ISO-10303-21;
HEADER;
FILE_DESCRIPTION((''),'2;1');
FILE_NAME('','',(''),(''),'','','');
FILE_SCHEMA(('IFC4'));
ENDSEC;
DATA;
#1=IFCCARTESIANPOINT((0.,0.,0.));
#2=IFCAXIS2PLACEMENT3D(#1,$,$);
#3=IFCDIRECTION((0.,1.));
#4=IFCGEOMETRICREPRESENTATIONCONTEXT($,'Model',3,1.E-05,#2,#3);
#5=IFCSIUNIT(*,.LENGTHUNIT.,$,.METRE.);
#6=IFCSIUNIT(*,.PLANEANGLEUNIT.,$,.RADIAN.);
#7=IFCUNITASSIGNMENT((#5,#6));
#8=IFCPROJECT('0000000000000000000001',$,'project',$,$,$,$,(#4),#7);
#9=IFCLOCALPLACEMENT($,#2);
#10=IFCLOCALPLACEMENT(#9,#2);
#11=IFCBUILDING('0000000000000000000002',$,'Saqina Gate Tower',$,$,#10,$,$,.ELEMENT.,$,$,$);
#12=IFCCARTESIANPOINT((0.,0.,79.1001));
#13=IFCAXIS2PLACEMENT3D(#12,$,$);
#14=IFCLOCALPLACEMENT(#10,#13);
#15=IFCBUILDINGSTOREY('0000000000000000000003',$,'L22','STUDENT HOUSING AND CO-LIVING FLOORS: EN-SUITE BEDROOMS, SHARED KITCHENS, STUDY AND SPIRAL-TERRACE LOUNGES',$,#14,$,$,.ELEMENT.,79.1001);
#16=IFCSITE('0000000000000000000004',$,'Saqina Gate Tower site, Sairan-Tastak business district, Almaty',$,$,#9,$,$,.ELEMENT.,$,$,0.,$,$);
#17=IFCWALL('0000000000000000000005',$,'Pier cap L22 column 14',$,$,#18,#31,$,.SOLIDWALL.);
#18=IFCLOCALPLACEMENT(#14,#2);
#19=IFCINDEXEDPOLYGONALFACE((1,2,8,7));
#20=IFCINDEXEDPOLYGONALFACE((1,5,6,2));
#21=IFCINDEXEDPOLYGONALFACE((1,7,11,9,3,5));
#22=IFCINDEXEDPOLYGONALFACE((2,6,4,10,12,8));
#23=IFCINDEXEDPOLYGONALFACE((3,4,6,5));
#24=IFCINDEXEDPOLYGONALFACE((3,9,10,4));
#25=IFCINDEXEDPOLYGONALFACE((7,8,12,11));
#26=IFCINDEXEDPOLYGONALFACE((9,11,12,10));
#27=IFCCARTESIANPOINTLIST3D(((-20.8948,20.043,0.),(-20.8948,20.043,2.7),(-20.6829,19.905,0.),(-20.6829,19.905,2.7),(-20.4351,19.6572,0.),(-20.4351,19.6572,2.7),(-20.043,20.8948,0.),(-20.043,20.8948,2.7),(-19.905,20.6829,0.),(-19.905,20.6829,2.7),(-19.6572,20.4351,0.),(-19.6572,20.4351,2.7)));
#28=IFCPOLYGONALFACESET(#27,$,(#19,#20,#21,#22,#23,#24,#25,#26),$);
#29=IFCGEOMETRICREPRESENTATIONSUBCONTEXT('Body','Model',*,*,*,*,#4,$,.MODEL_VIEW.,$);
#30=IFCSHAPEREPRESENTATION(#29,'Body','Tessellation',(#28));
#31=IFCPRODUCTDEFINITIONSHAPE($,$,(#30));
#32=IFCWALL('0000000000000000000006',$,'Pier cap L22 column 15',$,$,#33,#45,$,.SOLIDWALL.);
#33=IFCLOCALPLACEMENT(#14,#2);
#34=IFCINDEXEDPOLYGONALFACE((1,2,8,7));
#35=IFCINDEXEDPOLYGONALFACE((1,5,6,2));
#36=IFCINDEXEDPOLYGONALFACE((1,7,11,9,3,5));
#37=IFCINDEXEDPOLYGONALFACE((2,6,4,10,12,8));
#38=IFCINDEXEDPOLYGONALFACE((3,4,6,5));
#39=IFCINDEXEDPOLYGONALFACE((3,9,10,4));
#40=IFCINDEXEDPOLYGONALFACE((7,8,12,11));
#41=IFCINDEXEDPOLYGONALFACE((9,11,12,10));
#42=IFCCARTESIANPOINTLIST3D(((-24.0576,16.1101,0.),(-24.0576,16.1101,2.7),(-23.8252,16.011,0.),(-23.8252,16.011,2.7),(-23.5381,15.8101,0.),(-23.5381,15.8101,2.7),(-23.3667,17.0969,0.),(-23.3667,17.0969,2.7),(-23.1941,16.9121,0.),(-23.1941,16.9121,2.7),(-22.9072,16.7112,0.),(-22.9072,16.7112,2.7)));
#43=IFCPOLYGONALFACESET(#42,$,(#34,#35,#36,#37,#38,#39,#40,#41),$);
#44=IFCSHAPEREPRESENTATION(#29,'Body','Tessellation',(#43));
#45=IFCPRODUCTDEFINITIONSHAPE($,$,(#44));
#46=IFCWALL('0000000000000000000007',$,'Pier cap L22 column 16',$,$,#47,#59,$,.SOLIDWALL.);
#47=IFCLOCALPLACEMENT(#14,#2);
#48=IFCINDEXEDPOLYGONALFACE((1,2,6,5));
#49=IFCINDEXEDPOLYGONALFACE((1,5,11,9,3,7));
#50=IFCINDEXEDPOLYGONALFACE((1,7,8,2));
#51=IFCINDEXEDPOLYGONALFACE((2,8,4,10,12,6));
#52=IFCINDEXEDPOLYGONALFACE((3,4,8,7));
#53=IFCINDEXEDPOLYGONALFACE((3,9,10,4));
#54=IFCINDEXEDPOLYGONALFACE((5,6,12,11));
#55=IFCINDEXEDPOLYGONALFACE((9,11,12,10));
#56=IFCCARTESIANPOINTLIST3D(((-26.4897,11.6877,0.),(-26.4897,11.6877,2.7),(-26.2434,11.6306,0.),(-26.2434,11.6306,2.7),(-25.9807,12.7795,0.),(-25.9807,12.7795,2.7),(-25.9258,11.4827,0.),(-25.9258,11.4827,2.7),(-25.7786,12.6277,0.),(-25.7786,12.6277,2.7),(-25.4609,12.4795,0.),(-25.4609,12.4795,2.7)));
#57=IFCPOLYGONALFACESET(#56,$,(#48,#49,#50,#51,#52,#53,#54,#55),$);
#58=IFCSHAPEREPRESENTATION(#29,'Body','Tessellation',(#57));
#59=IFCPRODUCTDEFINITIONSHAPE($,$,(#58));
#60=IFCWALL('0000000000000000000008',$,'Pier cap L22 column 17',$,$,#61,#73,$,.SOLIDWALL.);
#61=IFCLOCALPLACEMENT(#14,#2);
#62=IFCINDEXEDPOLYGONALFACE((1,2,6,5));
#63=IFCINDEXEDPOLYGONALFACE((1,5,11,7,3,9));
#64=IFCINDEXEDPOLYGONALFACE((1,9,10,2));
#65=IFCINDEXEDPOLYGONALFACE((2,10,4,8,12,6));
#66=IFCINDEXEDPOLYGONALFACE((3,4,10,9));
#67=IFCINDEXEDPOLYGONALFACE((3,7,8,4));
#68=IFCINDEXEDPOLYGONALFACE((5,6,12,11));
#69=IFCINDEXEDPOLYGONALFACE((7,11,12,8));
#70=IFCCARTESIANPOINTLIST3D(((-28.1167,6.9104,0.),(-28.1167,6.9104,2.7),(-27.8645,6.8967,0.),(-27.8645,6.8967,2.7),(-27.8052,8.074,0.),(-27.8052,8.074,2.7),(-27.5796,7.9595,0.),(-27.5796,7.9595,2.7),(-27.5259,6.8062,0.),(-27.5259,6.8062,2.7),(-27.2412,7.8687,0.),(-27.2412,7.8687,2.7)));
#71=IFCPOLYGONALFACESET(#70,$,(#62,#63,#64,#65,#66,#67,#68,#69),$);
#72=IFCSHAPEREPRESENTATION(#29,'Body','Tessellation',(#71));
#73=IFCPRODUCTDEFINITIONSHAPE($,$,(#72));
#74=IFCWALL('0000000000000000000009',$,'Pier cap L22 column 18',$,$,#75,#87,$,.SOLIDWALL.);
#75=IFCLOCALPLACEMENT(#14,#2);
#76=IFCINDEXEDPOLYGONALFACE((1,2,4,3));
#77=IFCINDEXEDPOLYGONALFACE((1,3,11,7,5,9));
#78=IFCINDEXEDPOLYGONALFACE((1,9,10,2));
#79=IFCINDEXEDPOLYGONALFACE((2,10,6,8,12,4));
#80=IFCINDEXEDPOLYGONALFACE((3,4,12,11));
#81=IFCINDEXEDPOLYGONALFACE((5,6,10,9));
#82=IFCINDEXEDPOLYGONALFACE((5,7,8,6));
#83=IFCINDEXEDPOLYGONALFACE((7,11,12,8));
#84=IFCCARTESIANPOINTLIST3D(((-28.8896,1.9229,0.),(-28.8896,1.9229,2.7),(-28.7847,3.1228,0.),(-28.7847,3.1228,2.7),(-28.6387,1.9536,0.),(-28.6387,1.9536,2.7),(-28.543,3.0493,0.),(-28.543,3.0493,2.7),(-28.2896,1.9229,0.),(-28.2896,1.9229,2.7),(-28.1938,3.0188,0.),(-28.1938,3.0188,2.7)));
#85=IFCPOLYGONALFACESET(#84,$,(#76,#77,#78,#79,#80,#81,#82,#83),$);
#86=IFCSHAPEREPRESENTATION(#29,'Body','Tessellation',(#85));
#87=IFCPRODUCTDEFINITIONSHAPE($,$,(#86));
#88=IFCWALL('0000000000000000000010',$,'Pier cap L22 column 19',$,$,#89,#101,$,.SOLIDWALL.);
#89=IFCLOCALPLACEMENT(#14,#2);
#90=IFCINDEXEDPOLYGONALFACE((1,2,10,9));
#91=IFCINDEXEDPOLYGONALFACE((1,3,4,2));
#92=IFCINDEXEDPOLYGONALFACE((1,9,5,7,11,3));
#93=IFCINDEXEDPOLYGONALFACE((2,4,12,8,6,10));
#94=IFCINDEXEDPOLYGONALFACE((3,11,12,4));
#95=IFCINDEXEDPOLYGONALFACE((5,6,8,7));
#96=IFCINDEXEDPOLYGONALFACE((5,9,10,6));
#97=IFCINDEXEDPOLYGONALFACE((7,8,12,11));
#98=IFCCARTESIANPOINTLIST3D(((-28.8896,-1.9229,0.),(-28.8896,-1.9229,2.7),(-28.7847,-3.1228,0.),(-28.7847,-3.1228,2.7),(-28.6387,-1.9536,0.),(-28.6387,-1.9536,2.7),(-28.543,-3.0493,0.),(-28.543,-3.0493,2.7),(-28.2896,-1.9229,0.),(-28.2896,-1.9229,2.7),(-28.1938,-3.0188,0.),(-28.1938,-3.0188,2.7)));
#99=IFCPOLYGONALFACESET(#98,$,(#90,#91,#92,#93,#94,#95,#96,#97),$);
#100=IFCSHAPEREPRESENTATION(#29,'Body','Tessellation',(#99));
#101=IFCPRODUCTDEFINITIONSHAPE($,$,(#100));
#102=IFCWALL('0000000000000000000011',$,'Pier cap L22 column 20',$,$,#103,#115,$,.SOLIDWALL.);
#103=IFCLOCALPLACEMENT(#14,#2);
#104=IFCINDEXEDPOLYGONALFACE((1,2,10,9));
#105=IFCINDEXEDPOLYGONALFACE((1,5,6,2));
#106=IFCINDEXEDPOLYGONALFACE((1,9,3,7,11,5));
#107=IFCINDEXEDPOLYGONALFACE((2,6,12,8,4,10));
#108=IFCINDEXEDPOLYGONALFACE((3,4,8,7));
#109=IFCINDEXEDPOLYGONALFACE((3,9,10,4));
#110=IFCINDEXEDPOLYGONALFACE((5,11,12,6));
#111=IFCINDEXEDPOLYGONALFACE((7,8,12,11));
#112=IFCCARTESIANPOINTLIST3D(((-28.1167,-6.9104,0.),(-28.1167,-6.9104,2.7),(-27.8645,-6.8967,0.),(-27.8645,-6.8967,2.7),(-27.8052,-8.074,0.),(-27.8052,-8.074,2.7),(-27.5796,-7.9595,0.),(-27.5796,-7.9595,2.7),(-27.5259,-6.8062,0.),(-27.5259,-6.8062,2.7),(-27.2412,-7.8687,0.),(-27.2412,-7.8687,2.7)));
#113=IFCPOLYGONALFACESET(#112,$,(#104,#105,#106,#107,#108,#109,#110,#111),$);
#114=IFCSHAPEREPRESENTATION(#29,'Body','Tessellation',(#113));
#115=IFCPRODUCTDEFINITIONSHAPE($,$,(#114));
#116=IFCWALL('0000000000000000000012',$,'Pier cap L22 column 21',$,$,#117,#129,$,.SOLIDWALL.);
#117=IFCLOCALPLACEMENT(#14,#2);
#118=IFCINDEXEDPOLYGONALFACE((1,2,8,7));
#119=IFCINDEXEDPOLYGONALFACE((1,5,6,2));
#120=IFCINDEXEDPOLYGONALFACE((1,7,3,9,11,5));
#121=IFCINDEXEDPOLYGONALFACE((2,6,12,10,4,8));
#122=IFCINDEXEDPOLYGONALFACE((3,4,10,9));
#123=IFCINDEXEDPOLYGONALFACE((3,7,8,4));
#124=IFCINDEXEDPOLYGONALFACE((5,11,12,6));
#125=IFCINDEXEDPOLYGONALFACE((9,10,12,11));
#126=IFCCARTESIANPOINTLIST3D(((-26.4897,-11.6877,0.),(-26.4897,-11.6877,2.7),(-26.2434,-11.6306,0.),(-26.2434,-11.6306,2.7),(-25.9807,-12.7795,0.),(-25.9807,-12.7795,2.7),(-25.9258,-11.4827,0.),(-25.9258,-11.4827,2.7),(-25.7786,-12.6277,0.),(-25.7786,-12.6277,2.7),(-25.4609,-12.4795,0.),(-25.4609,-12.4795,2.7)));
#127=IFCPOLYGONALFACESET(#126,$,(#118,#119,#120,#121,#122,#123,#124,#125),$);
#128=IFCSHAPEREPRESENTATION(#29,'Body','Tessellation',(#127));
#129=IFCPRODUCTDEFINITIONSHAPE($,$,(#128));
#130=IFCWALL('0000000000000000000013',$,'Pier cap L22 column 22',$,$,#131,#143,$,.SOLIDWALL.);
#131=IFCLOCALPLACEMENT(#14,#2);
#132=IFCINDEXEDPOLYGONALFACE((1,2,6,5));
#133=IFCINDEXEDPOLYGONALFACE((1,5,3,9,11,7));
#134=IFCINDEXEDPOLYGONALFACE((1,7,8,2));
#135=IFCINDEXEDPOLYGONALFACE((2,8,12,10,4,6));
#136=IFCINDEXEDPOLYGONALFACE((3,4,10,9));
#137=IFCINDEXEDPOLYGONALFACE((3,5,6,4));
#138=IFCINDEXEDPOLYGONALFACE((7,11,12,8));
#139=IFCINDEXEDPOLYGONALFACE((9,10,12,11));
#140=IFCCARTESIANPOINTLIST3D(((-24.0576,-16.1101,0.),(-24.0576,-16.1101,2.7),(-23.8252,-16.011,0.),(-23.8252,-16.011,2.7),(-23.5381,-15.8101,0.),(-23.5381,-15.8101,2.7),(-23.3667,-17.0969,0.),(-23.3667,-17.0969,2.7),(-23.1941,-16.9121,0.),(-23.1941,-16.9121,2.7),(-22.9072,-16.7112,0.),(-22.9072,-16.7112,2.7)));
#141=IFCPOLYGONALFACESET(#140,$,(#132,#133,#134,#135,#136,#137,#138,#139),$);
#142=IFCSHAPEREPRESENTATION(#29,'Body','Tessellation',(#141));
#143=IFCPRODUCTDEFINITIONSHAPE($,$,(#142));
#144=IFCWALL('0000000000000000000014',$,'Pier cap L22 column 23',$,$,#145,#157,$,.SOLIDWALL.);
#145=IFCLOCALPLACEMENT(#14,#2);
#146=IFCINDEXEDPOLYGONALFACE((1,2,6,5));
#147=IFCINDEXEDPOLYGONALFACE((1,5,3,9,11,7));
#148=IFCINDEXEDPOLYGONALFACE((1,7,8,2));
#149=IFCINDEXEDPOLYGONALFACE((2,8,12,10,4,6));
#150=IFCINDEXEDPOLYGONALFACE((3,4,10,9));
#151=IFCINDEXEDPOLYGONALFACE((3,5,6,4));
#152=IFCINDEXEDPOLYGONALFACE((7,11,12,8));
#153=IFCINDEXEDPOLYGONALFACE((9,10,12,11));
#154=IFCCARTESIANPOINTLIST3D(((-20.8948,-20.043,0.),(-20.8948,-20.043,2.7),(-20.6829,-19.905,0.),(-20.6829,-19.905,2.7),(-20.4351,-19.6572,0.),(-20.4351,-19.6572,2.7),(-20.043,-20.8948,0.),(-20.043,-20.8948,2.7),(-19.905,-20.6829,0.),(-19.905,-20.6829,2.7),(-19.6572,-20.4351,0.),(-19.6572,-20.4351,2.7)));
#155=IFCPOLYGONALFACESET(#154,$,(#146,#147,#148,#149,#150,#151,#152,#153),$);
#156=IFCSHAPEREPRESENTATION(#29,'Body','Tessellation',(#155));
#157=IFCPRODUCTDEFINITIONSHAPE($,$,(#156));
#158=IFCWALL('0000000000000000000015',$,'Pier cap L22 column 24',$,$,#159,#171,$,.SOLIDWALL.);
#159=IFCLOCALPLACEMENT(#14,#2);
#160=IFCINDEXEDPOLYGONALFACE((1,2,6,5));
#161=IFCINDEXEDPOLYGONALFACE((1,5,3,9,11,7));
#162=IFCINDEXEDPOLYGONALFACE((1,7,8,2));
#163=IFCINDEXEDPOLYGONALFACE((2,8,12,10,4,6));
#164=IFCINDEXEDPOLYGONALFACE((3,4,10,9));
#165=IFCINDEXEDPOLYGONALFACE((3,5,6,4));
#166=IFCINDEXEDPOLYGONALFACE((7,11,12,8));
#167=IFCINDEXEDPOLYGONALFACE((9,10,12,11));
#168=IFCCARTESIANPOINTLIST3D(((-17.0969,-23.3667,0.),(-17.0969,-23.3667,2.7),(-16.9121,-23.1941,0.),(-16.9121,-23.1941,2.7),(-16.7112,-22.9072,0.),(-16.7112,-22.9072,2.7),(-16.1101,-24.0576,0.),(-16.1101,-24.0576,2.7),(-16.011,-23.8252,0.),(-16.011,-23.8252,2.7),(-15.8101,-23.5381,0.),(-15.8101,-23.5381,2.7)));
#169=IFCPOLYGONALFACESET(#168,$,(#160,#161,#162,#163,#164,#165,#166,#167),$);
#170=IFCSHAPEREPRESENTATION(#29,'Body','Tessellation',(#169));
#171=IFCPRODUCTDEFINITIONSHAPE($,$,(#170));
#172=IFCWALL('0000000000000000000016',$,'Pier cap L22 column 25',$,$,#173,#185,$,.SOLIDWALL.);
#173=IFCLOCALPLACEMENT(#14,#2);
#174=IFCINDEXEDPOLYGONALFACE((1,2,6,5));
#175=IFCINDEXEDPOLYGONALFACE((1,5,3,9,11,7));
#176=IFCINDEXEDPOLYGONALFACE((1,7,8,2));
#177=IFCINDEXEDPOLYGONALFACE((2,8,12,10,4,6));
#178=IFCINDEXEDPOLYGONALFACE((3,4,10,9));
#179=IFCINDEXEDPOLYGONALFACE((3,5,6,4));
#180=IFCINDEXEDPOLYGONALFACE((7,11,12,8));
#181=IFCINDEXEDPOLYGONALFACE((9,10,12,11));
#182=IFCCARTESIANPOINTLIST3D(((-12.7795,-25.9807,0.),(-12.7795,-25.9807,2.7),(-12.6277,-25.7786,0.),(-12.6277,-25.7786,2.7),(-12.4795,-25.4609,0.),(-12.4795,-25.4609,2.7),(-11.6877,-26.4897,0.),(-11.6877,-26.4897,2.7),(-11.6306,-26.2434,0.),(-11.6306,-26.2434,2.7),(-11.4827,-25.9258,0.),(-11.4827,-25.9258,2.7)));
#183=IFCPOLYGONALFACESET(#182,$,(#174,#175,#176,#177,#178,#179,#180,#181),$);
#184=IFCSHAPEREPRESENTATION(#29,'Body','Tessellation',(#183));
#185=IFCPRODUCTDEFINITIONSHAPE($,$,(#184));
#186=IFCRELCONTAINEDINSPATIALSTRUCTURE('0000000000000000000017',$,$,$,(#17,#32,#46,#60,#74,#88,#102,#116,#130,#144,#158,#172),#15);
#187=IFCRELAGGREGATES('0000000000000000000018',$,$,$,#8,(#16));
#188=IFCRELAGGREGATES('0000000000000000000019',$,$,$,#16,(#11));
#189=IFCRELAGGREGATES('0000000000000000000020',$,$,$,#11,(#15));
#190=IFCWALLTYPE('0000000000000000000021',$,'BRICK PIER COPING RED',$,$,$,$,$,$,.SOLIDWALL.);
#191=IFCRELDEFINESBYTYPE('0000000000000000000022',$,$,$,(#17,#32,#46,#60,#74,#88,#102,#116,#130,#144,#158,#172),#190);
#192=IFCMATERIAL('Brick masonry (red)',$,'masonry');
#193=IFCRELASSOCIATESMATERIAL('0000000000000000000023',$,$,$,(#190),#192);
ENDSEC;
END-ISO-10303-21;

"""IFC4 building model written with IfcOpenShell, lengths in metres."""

from ifc_helpers import new_model, si_unit, direction, frame, origin, place, context, subcontext, project, spatial, polyline, outline, extrude, material, type_object, element, save


model = new_model("IFC4")

# Units and contexts
model_context = context("Model", 3, precision=1e-05, world=origin(), true_north=direction((0.0, 1.0)))
body_context = subcontext(model_context, "Body", "Model", "MODEL_VIEW")
ifc_project = project(units=[si_unit("LENGTHUNIT", "METRE"), si_unit("PLANEANGLEUNIT", "RADIAN")], contexts=[model_context])

# Site, building, storey
site_placement = place(None, origin())
site = spatial("IfcSite", under=ifc_project, at=site_placement, Name="Saqina Gate Tower site, Sairan-Tastak business district, Almaty", CompositionType="ELEMENT", RefElevation=0.0)
building_placement = place(site_placement, origin())
building = spatial("IfcBuilding", under=site, at=building_placement, Name="Saqina Gate Tower", CompositionType="ELEMENT")
storey_placement = place(building_placement, frame((0.0, 0.0, 79.1001)))
storey = spatial("IfcBuildingStorey", under=building, at=storey_placement, Name="L22", Description="STUDENT HOUSING AND CO-LIVING FLOORS: EN-SUITE BEDROOMS, SHARED KITCHENS, STUDY AND SPIRAL-TERRACE LOUNGES", CompositionType="ELEMENT", Elevation=79.1001)

# Walls
ifc_material_1 = material(Name="Brick masonry (red)", Category="masonry")
wall_type_1 = type_object("IfcWallType", Name="BRICK PIER COPING RED", PredefinedType="SOLIDWALL", material=ifc_material_1)
wall_1_placement = place(storey_placement, origin())
element("IfcWall", 1, at=wall_1_placement, inside=storey, type_object=wall_type_1, Name="Pier cap L22 column 14", PredefinedType="SOLIDWALL", context=body_context, shape_type="SweptSolid", body=[
    extrude(outline(polyline([(-20.8948, 20.043), (-20.4351, 19.6572), (-20.6829, 19.905), (-19.905, 20.6829), (-19.6572, 20.4351), (-20.043, 20.8948), (-20.8948, 20.043)])), origin(), (0.0, 0.0, 1.0), 2.7),
])
wall_2_placement = place(storey_placement, origin())
element("IfcWall", 2, at=wall_2_placement, inside=storey, type_object=wall_type_1, Name="Pier cap L22 column 15", PredefinedType="SOLIDWALL", context=body_context, shape_type="SweptSolid", body=[
    extrude(outline(polyline([(-23.3667, 17.0969), (-24.0576, 16.1101), (-23.5381, 15.8101), (-23.8252, 16.011), (-23.1941, 16.9121), (-22.9072, 16.7112), (-23.3667, 17.0969)])), origin(), (0.0, 0.0, 1.0), 2.7),
])
wall_3_placement = place(storey_placement, origin())
element("IfcWall", 3, at=wall_3_placement, inside=storey, type_object=wall_type_1, Name="Pier cap L22 column 16", PredefinedType="SOLIDWALL", context=body_context, shape_type="SweptSolid", body=[
    extrude(outline(polyline([(-26.4897, 11.6877), (-25.9258, 11.4827), (-26.2434, 11.6306), (-25.7786, 12.6277), (-25.4609, 12.4795), (-25.9807, 12.7795), (-26.4897, 11.6877)])), origin(), (0.0, 0.0, 1.0), 2.7),
])
wall_4_placement = place(storey_placement, origin())
element("IfcWall", 4, at=wall_4_placement, inside=storey, type_object=wall_type_1, Name="Pier cap L22 column 17", PredefinedType="SOLIDWALL", context=body_context, shape_type="SweptSolid", body=[
    extrude(outline(polyline([(-28.1167, 6.9104), (-27.5259, 6.8062), (-27.8645, 6.8967), (-27.5796, 7.9595), (-27.2412, 7.8687), (-27.8052, 8.074), (-28.1167, 6.9104)])), origin(), (0.0, 0.0, 1.0), 2.7),
])
wall_5_placement = place(storey_placement, origin())
element("IfcWall", 5, at=wall_5_placement, inside=storey, type_object=wall_type_1, Name="Pier cap L22 column 18", PredefinedType="SOLIDWALL", context=body_context, shape_type="SweptSolid", body=[
    extrude(outline(polyline([(-28.7847, 3.1228), (-28.8896, 1.9229), (-28.2896, 1.9229), (-28.6387, 1.9536), (-28.543, 3.0493), (-28.1938, 3.0188), (-28.7847, 3.1228)])), origin(), (0.0, 0.0, 1.0), 2.7),
])
wall_6_placement = place(storey_placement, origin())
element("IfcWall", 6, at=wall_6_placement, inside=storey, type_object=wall_type_1, Name="Pier cap L22 column 19", PredefinedType="SOLIDWALL", context=body_context, shape_type="SweptSolid", body=[
    extrude(outline(polyline([(-28.8896, -1.9229), (-28.7847, -3.1228), (-28.1938, -3.0188), (-28.543, -3.0493), (-28.6387, -1.9536), (-28.2896, -1.9229), (-28.8896, -1.9229)])), origin(), (0.0, 0.0, 1.0), 2.7),
])
wall_7_placement = place(storey_placement, origin())
element("IfcWall", 7, at=wall_7_placement, inside=storey, type_object=wall_type_1, Name="Pier cap L22 column 20", PredefinedType="SOLIDWALL", context=body_context, shape_type="SweptSolid", body=[
    extrude(outline(polyline([(-28.1167, -6.9104), (-27.8052, -8.074), (-27.2412, -7.8687), (-27.5796, -7.9595), (-27.8645, -6.8967), (-27.5259, -6.8062), (-28.1167, -6.9104)])), origin(), (0.0, 0.0, 1.0), 2.7),
])
wall_8_placement = place(storey_placement, origin())
element("IfcWall", 8, at=wall_8_placement, inside=storey, type_object=wall_type_1, Name="Pier cap L22 column 21", PredefinedType="SOLIDWALL", context=body_context, shape_type="SweptSolid", body=[
    extrude(outline(polyline([(-25.9807, -12.7795), (-25.4609, -12.4795), (-25.7786, -12.6277), (-26.2434, -11.6306), (-25.9258, -11.4827), (-26.4897, -11.6877), (-25.9807, -12.7795)])), origin(), (0.0, 0.0, 1.0), 2.7),
])
wall_9_placement = place(storey_placement, origin())
element("IfcWall", 9, at=wall_9_placement, inside=storey, type_object=wall_type_1, Name="Pier cap L22 column 22", PredefinedType="SOLIDWALL", context=body_context, shape_type="SweptSolid", body=[
    extrude(outline(polyline([(-24.0576, -16.1101), (-23.3667, -17.0969), (-22.9072, -16.7112), (-23.1941, -16.9121), (-23.8252, -16.011), (-23.5381, -15.8101), (-24.0576, -16.1101)])), origin(), (0.0, 0.0, 1.0), 2.7),
])
wall_10_placement = place(storey_placement, origin())
element("IfcWall", 10, at=wall_10_placement, inside=storey, type_object=wall_type_1, Name="Pier cap L22 column 23", PredefinedType="SOLIDWALL", context=body_context, shape_type="SweptSolid", body=[
    extrude(outline(polyline([(-20.043, -20.8948), (-19.6572, -20.4351), (-19.905, -20.6829), (-20.6829, -19.905), (-20.4351, -19.6572), (-20.8948, -20.043), (-20.043, -20.8948)])), origin(), (0.0, 0.0, 1.0), 2.7),
])
wall_11_placement = place(storey_placement, origin())
element("IfcWall", 11, at=wall_11_placement, inside=storey, type_object=wall_type_1, Name="Pier cap L22 column 24", PredefinedType="SOLIDWALL", context=body_context, shape_type="SweptSolid", body=[
    extrude(outline(polyline([(-17.0969, -23.3667), (-16.1101, -24.0576), (-15.8101, -23.5381), (-16.011, -23.8252), (-16.9121, -23.1941), (-16.7112, -22.9072), (-17.0969, -23.3667)])), origin(), (0.0, 0.0, 1.0), 2.7),
])
wall_12_placement = place(storey_placement, origin())
element("IfcWall", 12, at=wall_12_placement, inside=storey, type_object=wall_type_1, Name="Pier cap L22 column 25", PredefinedType="SOLIDWALL", context=body_context, shape_type="SweptSolid", body=[
    extrude(outline(polyline([(-11.6877, -26.4897), (-11.4827, -25.9258), (-11.6306, -26.2434), (-12.6277, -25.7786), (-12.4795, -25.4609), (-12.7795, -25.9807), (-11.6877, -26.4897)])), origin(), (0.0, 0.0, 1.0), 2.7),
])

save(model, "model.ifc")
